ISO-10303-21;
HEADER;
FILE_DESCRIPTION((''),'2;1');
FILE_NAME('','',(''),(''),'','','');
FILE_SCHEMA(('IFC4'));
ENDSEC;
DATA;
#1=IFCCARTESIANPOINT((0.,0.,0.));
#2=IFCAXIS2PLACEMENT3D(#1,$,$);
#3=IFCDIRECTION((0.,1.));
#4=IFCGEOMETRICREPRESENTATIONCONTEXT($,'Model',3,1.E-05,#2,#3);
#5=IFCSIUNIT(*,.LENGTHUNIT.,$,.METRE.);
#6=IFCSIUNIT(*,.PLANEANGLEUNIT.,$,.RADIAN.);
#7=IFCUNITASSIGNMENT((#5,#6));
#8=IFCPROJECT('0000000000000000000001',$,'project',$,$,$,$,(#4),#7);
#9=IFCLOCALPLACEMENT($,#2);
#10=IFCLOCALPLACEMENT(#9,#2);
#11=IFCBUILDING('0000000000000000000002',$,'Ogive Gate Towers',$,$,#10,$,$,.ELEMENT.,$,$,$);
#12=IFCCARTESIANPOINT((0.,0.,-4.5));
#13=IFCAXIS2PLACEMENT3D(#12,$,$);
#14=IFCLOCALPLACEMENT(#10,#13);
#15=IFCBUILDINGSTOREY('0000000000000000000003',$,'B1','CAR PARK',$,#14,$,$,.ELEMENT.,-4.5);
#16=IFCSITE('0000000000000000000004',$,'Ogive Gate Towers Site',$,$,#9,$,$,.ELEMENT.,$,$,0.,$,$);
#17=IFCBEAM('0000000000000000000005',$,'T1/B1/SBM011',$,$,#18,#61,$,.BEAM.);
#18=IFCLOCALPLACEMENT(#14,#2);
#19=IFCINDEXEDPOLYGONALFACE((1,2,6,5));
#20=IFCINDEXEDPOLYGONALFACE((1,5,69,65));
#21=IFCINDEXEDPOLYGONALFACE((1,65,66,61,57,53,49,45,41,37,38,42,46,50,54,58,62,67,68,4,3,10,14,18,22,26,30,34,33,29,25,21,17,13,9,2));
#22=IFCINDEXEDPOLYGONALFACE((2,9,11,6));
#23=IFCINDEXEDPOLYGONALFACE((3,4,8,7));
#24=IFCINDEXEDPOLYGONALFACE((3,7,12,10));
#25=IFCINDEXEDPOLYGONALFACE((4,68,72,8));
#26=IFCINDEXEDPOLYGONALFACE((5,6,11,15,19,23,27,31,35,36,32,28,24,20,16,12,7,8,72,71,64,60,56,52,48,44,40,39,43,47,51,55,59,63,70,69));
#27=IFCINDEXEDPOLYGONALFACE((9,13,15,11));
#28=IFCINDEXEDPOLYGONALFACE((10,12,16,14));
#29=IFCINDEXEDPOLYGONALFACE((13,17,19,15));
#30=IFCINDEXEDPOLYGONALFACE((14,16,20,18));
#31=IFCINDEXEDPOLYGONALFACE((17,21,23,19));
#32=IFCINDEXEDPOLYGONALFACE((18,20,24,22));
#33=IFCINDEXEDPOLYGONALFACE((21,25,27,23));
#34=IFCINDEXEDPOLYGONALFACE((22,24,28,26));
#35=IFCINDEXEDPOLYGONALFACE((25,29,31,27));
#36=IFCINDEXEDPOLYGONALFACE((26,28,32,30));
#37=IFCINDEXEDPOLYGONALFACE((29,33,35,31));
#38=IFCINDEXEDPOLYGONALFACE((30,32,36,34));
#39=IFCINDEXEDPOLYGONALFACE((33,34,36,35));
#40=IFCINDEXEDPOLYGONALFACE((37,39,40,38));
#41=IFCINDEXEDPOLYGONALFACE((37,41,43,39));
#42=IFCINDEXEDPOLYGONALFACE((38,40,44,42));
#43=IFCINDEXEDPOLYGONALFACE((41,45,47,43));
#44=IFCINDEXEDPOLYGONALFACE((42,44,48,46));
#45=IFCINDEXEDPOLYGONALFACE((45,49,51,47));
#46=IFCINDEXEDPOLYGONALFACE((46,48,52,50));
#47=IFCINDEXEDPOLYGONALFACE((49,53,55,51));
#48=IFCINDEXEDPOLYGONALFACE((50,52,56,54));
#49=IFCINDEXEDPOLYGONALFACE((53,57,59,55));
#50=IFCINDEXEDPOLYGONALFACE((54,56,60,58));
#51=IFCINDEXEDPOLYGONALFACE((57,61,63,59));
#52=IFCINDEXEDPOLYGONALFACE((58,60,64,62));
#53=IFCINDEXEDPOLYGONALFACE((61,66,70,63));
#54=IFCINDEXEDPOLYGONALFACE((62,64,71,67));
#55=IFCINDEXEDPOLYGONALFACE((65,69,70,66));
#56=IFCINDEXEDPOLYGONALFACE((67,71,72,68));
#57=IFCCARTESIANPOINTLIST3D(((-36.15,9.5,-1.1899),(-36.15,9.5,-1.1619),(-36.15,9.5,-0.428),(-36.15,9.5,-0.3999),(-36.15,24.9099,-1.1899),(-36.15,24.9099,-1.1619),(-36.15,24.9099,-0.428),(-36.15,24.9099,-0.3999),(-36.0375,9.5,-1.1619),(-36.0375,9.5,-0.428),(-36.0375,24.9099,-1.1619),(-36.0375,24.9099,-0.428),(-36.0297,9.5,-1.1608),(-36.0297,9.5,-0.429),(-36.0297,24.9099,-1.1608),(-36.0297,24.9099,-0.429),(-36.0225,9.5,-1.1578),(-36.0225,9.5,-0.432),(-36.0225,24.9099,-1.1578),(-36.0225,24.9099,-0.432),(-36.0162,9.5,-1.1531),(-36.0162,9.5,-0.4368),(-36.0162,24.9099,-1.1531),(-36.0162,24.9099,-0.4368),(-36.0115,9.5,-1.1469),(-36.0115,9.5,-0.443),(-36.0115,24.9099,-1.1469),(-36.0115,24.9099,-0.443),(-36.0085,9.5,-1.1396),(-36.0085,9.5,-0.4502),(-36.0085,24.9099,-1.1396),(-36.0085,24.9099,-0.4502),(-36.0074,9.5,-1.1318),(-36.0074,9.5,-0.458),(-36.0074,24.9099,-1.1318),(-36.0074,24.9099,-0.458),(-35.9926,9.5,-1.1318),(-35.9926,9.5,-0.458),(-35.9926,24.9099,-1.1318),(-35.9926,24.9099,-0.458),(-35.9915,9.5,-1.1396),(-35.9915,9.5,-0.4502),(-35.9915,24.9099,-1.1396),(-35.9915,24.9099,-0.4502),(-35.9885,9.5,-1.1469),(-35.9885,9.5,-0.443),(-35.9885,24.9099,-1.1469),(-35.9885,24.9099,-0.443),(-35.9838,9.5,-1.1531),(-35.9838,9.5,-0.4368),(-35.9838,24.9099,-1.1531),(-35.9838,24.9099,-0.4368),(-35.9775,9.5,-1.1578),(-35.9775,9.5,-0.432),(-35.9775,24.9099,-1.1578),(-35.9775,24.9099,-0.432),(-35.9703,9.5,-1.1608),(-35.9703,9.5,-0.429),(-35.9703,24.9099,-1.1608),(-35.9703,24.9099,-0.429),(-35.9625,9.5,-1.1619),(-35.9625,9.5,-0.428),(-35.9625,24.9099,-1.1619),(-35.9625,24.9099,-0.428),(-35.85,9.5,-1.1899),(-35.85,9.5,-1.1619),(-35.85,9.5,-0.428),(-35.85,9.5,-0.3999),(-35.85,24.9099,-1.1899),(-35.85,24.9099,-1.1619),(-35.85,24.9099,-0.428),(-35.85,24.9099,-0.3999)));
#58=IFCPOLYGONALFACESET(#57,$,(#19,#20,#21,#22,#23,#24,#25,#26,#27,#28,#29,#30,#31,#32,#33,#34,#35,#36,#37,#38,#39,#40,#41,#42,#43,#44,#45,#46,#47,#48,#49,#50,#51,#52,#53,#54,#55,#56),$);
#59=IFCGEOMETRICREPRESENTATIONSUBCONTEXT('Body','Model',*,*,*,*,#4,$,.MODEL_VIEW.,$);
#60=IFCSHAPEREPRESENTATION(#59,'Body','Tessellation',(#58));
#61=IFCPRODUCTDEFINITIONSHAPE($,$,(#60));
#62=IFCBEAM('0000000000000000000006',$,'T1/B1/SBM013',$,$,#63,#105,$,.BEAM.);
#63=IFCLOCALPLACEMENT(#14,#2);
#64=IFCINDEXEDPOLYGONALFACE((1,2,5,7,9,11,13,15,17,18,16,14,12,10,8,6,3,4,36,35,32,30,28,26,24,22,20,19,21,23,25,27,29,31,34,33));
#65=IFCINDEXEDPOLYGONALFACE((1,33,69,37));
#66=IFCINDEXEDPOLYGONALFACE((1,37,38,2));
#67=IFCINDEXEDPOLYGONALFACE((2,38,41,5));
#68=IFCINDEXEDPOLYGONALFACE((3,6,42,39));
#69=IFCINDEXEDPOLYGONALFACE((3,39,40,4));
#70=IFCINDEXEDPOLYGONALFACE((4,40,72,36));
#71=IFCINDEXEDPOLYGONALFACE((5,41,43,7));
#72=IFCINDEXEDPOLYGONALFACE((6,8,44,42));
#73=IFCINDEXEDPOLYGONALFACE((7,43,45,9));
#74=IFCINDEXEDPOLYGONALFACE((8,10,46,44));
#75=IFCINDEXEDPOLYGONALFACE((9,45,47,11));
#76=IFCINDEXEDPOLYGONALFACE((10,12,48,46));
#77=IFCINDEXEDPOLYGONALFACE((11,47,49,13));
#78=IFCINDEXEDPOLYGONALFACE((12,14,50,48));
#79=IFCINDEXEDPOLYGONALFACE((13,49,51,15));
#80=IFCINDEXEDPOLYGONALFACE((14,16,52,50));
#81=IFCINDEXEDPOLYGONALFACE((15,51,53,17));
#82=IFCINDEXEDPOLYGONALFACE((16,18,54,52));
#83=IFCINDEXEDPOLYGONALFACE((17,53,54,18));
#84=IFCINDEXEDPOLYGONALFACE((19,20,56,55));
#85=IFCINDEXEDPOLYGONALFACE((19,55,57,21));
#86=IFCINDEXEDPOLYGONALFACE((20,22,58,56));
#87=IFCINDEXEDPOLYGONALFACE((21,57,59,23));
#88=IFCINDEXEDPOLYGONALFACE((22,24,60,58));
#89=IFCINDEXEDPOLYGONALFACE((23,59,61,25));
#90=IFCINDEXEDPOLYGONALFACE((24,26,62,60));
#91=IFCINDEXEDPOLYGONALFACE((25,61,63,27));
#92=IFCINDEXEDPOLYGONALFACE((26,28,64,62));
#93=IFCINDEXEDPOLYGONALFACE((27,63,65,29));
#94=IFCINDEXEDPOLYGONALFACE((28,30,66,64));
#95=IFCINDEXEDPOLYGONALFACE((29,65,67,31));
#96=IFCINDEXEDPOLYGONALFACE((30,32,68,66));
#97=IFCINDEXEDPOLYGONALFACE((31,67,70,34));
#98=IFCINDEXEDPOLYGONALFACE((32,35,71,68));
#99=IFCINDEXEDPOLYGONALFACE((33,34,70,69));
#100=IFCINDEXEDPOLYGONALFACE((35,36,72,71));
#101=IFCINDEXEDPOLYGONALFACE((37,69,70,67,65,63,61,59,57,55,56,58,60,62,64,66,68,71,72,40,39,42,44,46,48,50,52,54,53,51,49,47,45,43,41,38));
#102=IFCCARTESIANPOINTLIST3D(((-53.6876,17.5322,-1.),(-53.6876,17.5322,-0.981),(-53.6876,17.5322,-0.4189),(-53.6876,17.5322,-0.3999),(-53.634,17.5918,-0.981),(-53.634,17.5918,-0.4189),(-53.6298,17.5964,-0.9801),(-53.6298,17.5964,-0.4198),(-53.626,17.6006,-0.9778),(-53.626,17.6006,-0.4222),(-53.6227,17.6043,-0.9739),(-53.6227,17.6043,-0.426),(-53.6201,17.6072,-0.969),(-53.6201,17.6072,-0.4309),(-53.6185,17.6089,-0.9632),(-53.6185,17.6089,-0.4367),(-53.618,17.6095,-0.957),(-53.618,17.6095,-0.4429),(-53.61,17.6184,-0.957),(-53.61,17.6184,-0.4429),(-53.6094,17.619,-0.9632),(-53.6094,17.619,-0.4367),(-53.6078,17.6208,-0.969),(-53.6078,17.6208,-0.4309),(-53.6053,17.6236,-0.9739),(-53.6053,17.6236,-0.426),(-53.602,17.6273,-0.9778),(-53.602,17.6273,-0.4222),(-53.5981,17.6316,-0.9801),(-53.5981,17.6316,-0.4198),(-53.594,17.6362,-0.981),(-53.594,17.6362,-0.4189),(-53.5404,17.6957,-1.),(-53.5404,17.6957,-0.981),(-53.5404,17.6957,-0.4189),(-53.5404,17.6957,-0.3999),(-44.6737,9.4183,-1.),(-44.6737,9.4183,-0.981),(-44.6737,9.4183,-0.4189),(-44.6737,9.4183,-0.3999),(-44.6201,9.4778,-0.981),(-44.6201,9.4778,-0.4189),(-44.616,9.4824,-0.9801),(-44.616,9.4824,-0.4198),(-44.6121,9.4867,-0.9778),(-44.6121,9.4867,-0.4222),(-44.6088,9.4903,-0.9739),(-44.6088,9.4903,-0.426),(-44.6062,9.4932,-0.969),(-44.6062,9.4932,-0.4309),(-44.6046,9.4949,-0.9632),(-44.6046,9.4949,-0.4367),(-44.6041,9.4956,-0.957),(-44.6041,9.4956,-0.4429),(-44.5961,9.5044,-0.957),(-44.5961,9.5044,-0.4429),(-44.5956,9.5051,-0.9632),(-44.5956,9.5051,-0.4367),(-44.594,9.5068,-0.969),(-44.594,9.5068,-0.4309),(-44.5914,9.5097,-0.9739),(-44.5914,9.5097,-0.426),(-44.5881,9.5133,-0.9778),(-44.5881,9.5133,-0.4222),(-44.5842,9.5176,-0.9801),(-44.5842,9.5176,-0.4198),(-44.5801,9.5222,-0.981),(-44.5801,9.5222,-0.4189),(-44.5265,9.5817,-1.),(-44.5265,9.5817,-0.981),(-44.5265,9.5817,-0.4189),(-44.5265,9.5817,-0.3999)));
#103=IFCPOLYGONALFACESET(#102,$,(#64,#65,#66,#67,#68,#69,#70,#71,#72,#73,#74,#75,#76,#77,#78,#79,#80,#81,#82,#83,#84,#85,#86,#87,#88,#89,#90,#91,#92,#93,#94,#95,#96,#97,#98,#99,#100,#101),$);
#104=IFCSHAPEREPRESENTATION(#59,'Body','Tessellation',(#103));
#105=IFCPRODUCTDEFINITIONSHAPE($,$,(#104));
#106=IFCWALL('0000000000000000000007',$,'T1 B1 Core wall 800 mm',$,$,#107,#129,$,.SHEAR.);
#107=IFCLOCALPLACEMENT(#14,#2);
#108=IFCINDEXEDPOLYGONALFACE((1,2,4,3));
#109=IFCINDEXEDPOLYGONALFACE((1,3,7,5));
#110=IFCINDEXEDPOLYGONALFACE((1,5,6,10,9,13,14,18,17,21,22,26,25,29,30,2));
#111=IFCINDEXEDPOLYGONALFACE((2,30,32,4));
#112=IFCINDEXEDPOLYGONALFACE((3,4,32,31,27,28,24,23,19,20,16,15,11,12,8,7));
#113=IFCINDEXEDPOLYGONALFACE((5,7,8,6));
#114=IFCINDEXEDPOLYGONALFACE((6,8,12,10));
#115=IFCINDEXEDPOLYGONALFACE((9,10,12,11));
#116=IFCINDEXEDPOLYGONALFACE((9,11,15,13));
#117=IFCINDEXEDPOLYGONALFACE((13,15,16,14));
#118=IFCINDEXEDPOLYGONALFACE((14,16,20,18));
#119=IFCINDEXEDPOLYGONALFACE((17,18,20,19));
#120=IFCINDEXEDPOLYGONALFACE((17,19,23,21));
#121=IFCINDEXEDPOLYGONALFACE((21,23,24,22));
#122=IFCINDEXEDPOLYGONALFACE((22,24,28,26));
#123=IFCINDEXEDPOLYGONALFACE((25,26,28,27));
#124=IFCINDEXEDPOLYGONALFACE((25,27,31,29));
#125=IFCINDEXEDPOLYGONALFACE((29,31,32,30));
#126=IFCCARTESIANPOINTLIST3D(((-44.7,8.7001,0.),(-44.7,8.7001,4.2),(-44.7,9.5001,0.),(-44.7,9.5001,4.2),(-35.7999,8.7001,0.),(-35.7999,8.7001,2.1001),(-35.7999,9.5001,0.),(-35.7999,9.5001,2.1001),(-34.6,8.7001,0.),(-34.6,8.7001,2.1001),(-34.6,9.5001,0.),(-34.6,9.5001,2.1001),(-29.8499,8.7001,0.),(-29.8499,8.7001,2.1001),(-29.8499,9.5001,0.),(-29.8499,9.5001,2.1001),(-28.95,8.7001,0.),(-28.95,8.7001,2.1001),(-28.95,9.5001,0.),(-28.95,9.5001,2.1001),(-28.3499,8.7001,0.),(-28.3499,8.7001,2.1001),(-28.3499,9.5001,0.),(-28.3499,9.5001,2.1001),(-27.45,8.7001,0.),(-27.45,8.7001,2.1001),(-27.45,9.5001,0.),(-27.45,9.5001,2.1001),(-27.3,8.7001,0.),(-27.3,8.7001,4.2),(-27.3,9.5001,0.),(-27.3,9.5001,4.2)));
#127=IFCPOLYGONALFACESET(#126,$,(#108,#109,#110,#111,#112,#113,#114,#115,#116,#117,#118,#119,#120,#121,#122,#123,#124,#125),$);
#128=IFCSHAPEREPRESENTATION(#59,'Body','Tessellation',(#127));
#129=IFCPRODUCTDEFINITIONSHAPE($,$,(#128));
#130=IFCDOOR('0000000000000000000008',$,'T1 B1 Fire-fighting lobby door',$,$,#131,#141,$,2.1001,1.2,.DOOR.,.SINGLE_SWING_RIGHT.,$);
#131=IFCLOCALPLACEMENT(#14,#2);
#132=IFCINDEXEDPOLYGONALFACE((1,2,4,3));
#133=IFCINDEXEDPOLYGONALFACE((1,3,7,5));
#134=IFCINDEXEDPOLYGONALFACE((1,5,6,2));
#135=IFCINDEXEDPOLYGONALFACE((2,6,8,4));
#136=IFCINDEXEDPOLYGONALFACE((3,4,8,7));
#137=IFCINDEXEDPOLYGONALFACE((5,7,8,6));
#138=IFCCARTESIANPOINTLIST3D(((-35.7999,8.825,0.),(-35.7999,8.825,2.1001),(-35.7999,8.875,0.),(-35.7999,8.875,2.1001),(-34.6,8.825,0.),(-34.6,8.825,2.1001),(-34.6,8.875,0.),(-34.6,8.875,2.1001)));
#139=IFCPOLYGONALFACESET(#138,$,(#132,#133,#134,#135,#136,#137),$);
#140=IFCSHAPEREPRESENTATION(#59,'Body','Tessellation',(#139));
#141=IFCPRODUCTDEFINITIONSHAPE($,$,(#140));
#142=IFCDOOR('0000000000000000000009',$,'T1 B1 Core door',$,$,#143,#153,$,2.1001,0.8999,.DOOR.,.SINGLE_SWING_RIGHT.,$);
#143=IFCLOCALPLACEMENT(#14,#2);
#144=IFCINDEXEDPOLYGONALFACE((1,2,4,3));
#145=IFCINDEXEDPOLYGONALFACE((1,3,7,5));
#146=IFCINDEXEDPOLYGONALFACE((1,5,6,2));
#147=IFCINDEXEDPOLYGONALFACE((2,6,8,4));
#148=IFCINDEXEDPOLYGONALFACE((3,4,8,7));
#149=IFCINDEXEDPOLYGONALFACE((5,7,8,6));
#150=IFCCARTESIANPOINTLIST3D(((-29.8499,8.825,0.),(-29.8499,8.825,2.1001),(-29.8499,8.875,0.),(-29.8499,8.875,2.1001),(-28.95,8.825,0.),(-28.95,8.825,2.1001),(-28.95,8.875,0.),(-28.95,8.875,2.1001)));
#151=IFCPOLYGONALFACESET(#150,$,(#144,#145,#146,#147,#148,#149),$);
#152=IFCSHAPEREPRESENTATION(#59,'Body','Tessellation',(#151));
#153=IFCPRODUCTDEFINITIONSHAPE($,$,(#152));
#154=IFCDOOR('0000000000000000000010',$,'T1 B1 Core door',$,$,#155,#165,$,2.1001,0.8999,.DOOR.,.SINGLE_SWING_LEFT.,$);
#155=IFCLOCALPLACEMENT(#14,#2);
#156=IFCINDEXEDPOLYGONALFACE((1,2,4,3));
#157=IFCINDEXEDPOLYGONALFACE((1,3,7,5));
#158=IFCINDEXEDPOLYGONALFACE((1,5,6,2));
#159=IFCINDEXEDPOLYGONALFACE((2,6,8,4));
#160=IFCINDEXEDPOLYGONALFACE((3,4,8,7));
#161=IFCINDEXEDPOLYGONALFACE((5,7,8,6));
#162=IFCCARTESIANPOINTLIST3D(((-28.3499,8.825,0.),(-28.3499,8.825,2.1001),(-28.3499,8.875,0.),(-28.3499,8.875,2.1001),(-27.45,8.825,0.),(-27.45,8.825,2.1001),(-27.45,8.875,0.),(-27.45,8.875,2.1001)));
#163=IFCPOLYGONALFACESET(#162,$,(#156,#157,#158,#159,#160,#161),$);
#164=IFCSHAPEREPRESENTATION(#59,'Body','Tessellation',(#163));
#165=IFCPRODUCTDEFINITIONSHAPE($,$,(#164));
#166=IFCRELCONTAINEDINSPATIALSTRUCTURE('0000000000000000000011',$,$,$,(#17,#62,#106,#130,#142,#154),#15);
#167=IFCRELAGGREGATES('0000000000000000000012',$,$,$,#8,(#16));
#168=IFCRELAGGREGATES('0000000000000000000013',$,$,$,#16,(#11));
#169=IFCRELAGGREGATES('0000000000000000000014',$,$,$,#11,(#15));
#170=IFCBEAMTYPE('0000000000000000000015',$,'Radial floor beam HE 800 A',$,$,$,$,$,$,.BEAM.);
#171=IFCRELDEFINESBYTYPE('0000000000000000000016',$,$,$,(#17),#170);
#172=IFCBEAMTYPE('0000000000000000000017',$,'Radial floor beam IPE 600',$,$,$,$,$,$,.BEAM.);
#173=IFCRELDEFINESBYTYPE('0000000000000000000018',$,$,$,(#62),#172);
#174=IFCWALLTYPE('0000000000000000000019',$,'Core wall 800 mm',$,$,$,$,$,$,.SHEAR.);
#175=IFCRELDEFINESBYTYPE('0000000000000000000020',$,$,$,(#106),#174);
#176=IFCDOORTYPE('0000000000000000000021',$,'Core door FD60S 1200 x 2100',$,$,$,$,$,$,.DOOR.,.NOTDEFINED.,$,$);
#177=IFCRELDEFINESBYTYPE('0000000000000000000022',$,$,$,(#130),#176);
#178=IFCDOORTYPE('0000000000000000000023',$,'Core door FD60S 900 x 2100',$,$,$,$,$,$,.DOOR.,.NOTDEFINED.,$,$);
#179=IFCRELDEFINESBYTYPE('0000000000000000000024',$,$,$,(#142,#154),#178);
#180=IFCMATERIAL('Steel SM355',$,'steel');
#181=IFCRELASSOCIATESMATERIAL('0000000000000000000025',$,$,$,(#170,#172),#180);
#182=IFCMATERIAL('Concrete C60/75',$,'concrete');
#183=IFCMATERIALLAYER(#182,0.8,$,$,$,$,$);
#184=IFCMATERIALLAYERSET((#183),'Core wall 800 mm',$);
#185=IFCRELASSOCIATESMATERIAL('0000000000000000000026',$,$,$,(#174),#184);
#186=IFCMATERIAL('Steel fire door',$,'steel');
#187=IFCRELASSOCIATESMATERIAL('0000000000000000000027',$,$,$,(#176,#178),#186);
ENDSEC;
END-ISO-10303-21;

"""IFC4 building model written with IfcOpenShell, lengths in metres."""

from ifc_helpers import new_model, si_unit, direction, frame, frame_2d, origin, origin_2d, place, context, subcontext, project, spatial, rectangle, i_section, extrude, material, layer, layer_set, material_profile, profile_set, type_object, element, fill, save


model = new_model("IFC4")

# Units and contexts
model_context = context("Model", 3, precision=1e-05, world=origin(), true_north=direction((0.0, 1.0)))
body_context = subcontext(model_context, "Body", "Model", "MODEL_VIEW")
ifc_project = project(units=[si_unit("LENGTHUNIT", "METRE"), si_unit("PLANEANGLEUNIT", "RADIAN")], contexts=[model_context])

# Site, building, storey
site_placement = place(None, origin())
site = spatial("IfcSite", under=ifc_project, at=site_placement, Name="Ogive Gate Towers Site", CompositionType="ELEMENT", RefElevation=0.0)
building_placement = place(site_placement, origin())
building = spatial("IfcBuilding", under=site, at=building_placement, Name="Ogive Gate Towers", CompositionType="ELEMENT")
storey_placement = place(building_placement, frame((0.0, 0.0, -4.5)))
storey = spatial("IfcBuildingStorey", under=building, at=storey_placement, Name="B1", Description="CAR PARK", CompositionType="ELEMENT", Elevation=-4.5)

# Beams
ifc_material_1 = material(Name="Steel SM355", Category="steel")
ifc_material_profile_1 = material_profile(ifc_material_1, i_section(OverallWidth=0.3, OverallDepth=0.79, WebThickness=0.0149, FlangeThickness=0.0281, FilletRadius=0.03, at=origin_2d()), Name="HE 800 A")
ifc_profile_set_1 = profile_set([ifc_material_profile_1], Name="Steel SM355")
beam_type_1 = type_object("IfcBeamType", Name="Radial floor beam HE 800 A", PredefinedType="BEAM", material=ifc_profile_set_1)
beam_1_placement = place(storey_placement, frame((-36.0, 9.5, -0.7949), z_axis=(0.0, 1.0, 0.0), x_axis=(-1.0, 0.0, 0.0)))
element("IfcBeam", 1, at=beam_1_placement, inside=storey, type_object=beam_type_1, Name="T1/B1/SBM011", PredefinedType="BEAM", context=body_context, shape_type="SweptSolid", body=[
    extrude(i_section(OverallWidth=0.3, OverallDepth=0.79, WebThickness=0.0149, FlangeThickness=0.0281, FilletRadius=0.03, at=origin_2d()), origin(), (0.0, 0.0, 1.0), 15.4099),
])
ifc_material_profile_2 = material_profile(ifc_material_1, i_section(OverallWidth=0.22, OverallDepth=0.6001, WebThickness=0.012, FlangeThickness=0.019, FilletRadius=0.0239, at=origin_2d()), Name="IPE 600")
ifc_profile_set_2 = profile_set([ifc_material_profile_2], Name="Steel SM355")
beam_type_2 = type_object("IfcBeamType", Name="Radial floor beam IPE 600", PredefinedType="BEAM", material=ifc_profile_set_2)
beam_2_placement = place(storey_placement, frame((-44.6001, 9.5, -0.7), z_axis=(-0.743233, 0.669033, 0.0), x_axis=(-0.669033, -0.743233, 0.0)))
element("IfcBeam", 2, at=beam_2_placement, inside=storey, type_object=beam_type_2, Name="T1/B1/SBM013", PredefinedType="BEAM", context=body_context, shape_type="SweptSolid", body=[
    extrude(i_section(OverallWidth=0.22, OverallDepth=0.6001, WebThickness=0.012, FlangeThickness=0.019, FilletRadius=0.0239, at=origin_2d()), origin(), (0.0, 0.0, 1.0), 12.1279),
])

# Wall, openings, doors
ifc_material_2 = material(Name="Concrete C60/75", Category="concrete")
ifc_layer_1 = layer(ifc_material_2, 0.8)
ifc_layer_set_1 = layer_set([ifc_layer_1], Name="Core wall 800 mm")
wall_type_1 = type_object("IfcWallType", Name="Core wall 800 mm", PredefinedType="SHEAR", material=ifc_layer_set_1)
wall_1_placement = place(storey_placement, frame((-44.7, 9.1001, 0.0), z_axis=(0.0, 0.0, 1.0), x_axis=(1.0, 0.0, 0.0)))
wall_1 = element("IfcWall", 3, at=wall_1_placement, inside=storey, type_object=wall_type_1, Name="T1 B1 Core wall 800 mm", PredefinedType="SHEAR", context=body_context, shape_type="SweptSolid", body=[
    extrude(rectangle(XDim=17.3999, YDim=0.8, at=frame_2d((8.7, 0.0))), origin(), (0.0, 0.0, 1.0), 4.2),
])
opening_1_placement = place(wall_1_placement, frame((8.8999, 0.0, 0.0)))
opening_1 = element("IfcOpeningElement", 4, at=opening_1_placement, cuts=wall_1, PredefinedType="OPENING", context=body_context, shape_type="SweptSolid", body=[
    extrude(rectangle(XDim=1.2, YDim=2.1001, at=frame_2d((0.6001, 1.05))), frame((0.0, 0.4102, 0.0), z_axis=(0.0, -1.0, 0.0), x_axis=(1.0, 0.0, 0.0)), (0.0, 0.0, 1.0), 0.8201),
])
opening_2_placement = place(wall_1_placement, frame((14.8501, 0.0, 0.0)))
opening_2 = element("IfcOpeningElement", 5, at=opening_2_placement, cuts=wall_1, PredefinedType="OPENING", context=body_context, shape_type="SweptSolid", body=[
    extrude(rectangle(XDim=0.8999, YDim=2.1001, at=frame_2d((0.45, 1.05))), frame((0.0, 0.4102, 0.0), z_axis=(0.0, -1.0, 0.0), x_axis=(1.0, 0.0, 0.0)), (0.0, 0.0, 1.0), 0.8201),
])
opening_3_placement = place(wall_1_placement, frame((16.3501, 0.0, 0.0)))
opening_3 = element("IfcOpeningElement", 6, at=opening_3_placement, cuts=wall_1, PredefinedType="OPENING", context=body_context, shape_type="SweptSolid", body=[
    extrude(rectangle(XDim=0.8999, YDim=2.1001, at=frame_2d((0.45, 1.05))), frame((0.0, 0.4102, 0.0), z_axis=(0.0, -1.0, 0.0), x_axis=(1.0, 0.0, 0.0)), (0.0, 0.0, 1.0), 0.8201),
])
ifc_material_3 = material(Name="Steel fire door", Category="steel")
door_type_1 = type_object("IfcDoorType", Name="Core door FD60S 1200 x 2100", OperationType="NOTDEFINED", PredefinedType="DOOR", material=ifc_material_3)
door_1_placement = place(opening_1_placement, origin())
door_1 = element("IfcDoor", 7, at=door_1_placement, inside=storey, type_object=door_type_1, Name="T1 B1 Fire-fighting lobby door", OperationType="SINGLE_SWING_RIGHT", OverallHeight=2.1001, OverallWidth=1.2, PredefinedType="DOOR", context=body_context, shape_type="SweptSolid", body=[
    extrude(rectangle(XDim=1.2, YDim=2.1001, at=frame_2d((0.6001, 1.05))), frame((0.0, -0.2251, 0.0), z_axis=(0.0, -1.0, 0.0), x_axis=(1.0, 0.0, 0.0)), (0.0, 0.0, 1.0), 0.05),
])
fill(opening_1, door_1)
door_type_2 = type_object("IfcDoorType", Name="Core door FD60S 900 x 2100", OperationType="NOTDEFINED", PredefinedType="DOOR", material=ifc_material_3)
door_2_placement = place(opening_2_placement, origin())
door_2 = element("IfcDoor", 8, at=door_2_placement, inside=storey, type_object=door_type_2, Name="T1 B1 Core door", OperationType="SINGLE_SWING_RIGHT", OverallHeight=2.1001, OverallWidth=0.8999, PredefinedType="DOOR", context=body_context, shape_type="SweptSolid", body=[
    extrude(rectangle(XDim=0.8999, YDim=2.1001, at=frame_2d((0.45, 1.05))), frame((0.0, -0.2251, 0.0), z_axis=(0.0, -1.0, 0.0), x_axis=(1.0, 0.0, 0.0)), (0.0, 0.0, 1.0), 0.05),
])
fill(opening_2, door_2)
door_3_placement = place(opening_3_placement, origin())
door_3 = element("IfcDoor", 9, at=door_3_placement, inside=storey, type_object=door_type_2, Name="T1 B1 Core door", OperationType="SINGLE_SWING_LEFT", OverallHeight=2.1001, OverallWidth=0.8999, PredefinedType="DOOR", context=body_context, shape_type="SweptSolid", body=[
    extrude(rectangle(XDim=0.8999, YDim=2.1001, at=frame_2d((0.45, 1.05))), frame((0.0, -0.2251, 0.0), z_axis=(0.0, -1.0, 0.0), x_axis=(1.0, 0.0, 0.0)), (0.0, 0.0, 1.0), 0.05),
])
fill(opening_3, door_3)

save(model, "model.ifc")
